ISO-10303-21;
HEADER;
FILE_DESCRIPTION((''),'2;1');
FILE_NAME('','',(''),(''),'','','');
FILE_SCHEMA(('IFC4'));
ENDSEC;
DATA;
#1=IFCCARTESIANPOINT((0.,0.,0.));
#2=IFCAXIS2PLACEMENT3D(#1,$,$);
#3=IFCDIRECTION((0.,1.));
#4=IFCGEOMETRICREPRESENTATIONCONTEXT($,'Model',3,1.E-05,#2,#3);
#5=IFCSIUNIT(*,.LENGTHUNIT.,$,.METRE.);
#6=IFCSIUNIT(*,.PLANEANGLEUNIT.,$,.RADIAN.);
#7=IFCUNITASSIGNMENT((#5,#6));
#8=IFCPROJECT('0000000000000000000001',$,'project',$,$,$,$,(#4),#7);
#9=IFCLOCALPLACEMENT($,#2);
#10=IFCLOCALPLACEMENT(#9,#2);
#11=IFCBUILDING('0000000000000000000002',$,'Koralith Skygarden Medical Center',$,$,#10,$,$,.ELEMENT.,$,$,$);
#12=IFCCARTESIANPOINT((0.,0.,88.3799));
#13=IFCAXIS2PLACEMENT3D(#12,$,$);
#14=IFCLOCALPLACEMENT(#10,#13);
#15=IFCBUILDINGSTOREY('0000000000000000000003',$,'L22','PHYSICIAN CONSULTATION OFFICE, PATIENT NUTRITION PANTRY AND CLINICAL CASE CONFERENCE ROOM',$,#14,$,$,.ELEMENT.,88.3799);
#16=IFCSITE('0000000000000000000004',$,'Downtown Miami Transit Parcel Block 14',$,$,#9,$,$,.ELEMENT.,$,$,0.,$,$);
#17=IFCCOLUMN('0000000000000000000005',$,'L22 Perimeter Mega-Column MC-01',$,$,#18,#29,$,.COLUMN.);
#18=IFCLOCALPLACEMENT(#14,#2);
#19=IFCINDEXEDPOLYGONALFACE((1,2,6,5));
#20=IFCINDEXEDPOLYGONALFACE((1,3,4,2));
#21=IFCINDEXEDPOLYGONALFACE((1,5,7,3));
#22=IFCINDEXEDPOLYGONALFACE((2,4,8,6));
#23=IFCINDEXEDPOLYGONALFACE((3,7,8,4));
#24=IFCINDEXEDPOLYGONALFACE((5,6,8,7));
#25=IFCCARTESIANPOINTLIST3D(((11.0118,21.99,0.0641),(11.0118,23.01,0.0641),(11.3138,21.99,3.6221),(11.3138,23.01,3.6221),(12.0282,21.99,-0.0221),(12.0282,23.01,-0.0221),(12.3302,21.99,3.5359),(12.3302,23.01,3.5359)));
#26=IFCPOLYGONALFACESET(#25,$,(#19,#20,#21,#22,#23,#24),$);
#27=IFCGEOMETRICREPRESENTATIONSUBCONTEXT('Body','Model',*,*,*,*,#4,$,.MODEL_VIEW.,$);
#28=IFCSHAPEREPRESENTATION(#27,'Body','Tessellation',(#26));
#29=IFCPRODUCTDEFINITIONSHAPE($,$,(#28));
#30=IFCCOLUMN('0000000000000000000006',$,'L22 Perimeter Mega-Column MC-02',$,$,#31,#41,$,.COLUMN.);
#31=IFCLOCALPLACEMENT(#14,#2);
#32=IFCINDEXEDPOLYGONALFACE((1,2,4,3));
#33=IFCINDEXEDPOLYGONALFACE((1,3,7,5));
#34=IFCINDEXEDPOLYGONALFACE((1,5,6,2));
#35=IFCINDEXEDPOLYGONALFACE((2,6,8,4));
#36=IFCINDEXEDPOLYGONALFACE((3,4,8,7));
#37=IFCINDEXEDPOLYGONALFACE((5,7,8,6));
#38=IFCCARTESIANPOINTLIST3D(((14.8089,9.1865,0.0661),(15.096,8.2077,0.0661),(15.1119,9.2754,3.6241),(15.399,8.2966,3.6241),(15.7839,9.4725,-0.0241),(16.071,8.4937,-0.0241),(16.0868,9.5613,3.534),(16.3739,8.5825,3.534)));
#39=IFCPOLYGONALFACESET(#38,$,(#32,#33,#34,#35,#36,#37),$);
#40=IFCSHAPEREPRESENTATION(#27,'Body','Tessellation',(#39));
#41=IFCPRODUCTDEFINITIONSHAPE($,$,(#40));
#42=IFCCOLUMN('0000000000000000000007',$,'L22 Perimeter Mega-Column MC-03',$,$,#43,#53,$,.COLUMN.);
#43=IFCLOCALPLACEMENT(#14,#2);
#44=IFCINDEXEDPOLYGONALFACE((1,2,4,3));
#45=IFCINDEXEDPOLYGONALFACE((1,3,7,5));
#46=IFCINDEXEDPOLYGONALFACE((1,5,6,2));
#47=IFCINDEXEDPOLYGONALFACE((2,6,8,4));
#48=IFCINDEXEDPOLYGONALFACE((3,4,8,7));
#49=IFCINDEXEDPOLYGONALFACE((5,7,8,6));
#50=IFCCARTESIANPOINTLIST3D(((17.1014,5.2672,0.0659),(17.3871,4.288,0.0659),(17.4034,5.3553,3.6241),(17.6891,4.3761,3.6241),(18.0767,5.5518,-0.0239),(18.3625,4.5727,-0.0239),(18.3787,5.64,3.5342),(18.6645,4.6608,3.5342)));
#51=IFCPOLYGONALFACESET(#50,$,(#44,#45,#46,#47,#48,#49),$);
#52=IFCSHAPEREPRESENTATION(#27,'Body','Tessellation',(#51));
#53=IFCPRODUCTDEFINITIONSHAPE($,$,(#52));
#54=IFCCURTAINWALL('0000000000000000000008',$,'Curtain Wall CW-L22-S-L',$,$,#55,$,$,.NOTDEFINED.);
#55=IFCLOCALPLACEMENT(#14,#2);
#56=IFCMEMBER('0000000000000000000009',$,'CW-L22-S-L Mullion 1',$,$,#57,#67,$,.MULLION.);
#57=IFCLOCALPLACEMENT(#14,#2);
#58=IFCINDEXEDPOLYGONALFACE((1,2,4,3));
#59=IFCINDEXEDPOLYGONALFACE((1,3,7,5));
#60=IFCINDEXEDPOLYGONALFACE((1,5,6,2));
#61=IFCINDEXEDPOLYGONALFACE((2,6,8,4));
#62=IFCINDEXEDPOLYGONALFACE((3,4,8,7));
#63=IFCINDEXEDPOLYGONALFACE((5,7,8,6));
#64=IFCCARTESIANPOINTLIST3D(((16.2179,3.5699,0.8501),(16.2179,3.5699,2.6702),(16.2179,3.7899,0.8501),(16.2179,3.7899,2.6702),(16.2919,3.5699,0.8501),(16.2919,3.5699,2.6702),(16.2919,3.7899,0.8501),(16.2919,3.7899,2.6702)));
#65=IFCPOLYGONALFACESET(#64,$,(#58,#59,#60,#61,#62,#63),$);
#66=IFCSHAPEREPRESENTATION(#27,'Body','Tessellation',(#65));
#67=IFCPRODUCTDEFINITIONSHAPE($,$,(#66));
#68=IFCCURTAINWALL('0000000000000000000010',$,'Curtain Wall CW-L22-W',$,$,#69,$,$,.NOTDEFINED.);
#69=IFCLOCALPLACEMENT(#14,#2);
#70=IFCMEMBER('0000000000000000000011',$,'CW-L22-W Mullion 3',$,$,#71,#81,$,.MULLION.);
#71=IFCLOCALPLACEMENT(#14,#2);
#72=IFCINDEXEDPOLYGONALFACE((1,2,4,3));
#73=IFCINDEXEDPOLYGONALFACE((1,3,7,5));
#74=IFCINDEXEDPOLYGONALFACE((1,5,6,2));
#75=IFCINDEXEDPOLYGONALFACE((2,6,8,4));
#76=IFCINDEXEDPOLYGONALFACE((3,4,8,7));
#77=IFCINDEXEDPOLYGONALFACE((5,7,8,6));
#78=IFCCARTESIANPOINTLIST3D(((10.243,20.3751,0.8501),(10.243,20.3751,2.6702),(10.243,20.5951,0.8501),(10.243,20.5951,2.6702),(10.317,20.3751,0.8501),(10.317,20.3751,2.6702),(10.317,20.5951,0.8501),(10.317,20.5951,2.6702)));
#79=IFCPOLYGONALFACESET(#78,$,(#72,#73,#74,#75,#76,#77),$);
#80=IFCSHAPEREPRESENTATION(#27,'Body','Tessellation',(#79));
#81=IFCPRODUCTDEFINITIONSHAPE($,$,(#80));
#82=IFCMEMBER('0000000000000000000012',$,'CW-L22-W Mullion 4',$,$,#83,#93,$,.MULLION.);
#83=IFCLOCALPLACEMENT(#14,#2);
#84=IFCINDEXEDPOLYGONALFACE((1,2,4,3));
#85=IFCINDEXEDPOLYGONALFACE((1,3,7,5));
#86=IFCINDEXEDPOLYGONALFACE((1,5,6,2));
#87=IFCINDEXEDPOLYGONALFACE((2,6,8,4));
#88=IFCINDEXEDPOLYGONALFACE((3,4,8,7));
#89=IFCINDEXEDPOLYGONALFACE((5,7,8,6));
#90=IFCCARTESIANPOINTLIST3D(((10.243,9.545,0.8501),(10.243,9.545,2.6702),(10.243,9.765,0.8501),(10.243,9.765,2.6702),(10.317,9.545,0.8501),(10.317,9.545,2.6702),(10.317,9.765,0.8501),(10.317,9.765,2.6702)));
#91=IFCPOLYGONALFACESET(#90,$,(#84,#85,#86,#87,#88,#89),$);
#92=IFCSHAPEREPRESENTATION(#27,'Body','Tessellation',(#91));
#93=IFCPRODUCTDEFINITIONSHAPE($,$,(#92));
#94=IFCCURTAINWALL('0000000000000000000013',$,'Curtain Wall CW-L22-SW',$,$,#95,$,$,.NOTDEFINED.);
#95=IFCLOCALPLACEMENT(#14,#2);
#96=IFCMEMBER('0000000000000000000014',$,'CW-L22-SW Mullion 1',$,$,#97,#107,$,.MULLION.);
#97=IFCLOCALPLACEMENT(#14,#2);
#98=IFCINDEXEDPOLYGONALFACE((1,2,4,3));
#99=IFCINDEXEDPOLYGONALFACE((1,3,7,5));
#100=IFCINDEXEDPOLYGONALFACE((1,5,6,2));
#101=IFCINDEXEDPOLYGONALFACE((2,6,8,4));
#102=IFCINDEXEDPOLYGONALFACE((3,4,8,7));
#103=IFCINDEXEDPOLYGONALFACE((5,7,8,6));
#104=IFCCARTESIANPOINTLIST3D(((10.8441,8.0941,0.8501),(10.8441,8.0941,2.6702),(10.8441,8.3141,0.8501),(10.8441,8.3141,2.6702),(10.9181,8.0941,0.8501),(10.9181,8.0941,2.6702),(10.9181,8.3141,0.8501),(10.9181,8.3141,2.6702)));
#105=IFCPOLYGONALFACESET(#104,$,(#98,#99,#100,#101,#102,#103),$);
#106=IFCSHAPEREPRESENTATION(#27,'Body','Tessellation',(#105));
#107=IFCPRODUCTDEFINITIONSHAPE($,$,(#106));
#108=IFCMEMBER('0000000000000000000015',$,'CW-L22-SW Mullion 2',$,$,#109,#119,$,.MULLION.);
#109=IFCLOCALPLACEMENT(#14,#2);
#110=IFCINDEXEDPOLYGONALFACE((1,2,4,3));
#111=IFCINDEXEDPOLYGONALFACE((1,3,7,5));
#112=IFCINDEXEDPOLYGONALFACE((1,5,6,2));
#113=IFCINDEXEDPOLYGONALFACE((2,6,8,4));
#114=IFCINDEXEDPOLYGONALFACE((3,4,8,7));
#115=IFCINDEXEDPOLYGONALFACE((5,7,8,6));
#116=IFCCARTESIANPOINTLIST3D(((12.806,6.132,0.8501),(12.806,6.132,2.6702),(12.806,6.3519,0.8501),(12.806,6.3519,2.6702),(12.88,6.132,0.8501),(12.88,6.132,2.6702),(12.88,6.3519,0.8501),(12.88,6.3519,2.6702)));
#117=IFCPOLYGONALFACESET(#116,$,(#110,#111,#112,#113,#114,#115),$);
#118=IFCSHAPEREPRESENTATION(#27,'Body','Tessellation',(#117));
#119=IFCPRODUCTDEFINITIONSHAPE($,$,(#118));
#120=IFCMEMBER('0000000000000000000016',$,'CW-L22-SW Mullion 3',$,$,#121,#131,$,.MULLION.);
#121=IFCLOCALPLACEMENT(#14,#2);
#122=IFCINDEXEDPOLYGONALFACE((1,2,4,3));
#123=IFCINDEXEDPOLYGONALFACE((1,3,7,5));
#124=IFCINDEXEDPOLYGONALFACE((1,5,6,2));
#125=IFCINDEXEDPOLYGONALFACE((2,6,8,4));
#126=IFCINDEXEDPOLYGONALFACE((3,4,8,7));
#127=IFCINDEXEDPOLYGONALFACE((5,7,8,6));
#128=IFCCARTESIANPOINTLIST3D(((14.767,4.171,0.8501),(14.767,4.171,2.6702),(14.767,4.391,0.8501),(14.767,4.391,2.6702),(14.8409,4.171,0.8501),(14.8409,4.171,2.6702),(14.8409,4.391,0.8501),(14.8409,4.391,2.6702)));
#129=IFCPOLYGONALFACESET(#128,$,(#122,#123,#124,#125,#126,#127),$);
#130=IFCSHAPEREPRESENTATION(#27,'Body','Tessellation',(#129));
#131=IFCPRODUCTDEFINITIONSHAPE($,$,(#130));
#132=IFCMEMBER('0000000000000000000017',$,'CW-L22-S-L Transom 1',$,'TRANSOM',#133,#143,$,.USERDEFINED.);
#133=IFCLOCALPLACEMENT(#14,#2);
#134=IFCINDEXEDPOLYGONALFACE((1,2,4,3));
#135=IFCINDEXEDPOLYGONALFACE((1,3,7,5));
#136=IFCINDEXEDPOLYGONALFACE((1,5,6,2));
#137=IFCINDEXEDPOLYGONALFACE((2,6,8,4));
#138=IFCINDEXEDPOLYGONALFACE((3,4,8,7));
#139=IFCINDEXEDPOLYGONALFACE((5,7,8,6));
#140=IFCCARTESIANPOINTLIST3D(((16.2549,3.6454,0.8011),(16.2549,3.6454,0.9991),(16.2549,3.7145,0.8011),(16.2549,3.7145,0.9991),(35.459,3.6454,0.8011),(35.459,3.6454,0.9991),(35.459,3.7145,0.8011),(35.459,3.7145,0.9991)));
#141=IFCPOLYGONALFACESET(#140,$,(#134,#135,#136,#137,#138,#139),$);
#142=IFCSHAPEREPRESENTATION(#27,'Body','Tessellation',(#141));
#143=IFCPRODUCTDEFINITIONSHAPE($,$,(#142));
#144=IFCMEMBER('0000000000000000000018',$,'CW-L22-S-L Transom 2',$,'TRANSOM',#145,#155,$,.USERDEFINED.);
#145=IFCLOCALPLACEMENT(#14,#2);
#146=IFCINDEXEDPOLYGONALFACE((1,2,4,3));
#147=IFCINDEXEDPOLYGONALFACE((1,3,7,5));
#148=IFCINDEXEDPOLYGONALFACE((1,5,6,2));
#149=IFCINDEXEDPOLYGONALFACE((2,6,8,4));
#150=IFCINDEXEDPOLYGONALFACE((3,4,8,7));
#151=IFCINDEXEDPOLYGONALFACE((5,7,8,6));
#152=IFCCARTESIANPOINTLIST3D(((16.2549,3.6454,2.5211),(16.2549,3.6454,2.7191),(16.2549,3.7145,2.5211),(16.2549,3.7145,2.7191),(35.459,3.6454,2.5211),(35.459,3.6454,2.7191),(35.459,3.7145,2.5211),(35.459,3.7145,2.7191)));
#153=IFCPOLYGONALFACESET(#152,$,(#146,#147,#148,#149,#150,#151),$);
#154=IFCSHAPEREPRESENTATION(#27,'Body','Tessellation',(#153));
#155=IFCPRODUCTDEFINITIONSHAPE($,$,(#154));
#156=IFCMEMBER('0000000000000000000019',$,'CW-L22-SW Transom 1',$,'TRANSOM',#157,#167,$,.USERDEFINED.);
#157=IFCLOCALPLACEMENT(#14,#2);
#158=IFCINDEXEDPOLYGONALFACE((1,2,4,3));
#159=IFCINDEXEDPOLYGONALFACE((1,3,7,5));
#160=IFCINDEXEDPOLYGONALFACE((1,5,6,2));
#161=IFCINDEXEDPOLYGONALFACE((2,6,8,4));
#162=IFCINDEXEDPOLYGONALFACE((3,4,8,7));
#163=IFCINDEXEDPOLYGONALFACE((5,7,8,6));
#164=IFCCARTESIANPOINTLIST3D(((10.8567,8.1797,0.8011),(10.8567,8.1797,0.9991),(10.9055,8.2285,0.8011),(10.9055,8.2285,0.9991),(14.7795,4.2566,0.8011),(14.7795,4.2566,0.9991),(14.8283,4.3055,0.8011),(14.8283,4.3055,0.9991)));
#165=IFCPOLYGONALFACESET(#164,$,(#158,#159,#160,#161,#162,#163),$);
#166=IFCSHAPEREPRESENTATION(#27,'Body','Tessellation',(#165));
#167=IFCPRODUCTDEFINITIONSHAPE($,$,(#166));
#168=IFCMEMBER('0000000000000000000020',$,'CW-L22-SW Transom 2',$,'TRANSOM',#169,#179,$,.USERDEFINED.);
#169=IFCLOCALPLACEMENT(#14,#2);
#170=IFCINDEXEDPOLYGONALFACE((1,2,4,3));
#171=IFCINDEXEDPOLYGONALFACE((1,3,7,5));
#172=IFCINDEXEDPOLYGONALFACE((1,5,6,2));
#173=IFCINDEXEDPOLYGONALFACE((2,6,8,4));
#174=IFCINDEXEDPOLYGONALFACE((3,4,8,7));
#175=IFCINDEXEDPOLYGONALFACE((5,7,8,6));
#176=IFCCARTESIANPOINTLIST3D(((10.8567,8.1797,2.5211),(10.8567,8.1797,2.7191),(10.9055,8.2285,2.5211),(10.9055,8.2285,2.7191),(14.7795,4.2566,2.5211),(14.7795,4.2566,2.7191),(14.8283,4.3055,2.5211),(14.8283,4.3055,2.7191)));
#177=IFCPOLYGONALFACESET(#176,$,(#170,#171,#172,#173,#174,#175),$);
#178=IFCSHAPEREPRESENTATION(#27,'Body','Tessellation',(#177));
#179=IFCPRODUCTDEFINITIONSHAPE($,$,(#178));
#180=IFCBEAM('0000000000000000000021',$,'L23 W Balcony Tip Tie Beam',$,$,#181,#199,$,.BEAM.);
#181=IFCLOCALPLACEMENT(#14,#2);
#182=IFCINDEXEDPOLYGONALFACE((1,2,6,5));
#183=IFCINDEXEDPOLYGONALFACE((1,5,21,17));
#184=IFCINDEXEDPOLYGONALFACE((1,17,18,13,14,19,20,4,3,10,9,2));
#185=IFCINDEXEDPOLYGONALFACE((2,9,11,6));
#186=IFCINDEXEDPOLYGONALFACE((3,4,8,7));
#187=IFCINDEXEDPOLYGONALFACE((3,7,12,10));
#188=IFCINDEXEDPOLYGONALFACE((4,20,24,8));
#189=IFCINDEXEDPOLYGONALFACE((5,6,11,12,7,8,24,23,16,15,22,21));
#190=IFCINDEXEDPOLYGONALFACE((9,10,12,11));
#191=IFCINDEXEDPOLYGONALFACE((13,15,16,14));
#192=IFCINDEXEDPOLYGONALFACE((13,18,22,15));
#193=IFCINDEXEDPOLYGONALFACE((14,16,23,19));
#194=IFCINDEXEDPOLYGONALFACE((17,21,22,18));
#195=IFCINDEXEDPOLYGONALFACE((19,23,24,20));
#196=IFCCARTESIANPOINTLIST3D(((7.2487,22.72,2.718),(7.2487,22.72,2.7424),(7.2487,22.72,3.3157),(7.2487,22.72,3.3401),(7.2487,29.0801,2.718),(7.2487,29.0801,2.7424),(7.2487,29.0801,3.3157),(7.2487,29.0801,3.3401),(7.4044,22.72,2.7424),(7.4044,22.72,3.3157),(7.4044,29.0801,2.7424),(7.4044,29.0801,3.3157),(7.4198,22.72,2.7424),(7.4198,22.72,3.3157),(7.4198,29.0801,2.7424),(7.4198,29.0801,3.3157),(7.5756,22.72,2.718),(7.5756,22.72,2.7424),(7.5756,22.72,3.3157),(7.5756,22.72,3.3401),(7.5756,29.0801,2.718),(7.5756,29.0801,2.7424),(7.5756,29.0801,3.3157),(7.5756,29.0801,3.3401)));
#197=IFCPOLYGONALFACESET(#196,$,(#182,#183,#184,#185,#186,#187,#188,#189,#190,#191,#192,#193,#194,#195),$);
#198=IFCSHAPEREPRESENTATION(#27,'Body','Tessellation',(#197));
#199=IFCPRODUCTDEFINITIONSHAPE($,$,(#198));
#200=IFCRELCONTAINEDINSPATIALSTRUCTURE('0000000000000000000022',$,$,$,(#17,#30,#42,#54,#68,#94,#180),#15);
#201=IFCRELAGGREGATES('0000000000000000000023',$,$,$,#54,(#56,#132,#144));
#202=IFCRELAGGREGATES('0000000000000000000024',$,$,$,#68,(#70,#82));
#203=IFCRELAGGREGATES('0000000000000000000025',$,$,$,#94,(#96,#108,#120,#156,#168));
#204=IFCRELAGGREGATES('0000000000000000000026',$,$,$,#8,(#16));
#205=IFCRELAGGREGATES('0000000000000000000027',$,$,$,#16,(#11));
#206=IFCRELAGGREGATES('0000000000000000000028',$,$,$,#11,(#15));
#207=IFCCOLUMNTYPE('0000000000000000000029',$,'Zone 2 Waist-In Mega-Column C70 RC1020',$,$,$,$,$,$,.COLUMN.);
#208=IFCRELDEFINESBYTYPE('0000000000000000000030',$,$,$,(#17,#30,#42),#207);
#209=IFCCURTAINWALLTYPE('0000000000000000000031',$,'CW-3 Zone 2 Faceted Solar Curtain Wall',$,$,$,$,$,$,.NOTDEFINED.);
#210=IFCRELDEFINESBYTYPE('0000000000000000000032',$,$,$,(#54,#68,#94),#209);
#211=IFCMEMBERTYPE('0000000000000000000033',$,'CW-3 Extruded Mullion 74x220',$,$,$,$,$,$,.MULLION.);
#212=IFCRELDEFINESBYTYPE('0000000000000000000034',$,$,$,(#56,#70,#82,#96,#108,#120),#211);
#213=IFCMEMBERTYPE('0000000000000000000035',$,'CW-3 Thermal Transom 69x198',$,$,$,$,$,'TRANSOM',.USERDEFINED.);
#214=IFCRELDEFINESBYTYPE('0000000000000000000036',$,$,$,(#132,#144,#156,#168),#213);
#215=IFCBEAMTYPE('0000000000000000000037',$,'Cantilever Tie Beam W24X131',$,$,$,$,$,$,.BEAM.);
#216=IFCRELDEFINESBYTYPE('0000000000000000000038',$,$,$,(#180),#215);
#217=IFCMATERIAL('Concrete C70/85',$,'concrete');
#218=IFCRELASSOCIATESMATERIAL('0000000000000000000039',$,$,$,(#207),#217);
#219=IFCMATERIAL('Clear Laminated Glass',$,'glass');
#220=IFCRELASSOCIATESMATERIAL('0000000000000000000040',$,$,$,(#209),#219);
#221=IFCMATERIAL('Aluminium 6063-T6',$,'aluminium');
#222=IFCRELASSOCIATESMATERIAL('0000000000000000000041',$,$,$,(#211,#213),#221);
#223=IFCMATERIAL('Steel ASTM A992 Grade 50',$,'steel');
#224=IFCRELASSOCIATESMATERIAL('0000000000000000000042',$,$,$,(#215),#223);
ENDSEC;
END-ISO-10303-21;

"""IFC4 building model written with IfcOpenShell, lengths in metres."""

from ifc_helpers import new_model, si_unit, direction, frame, origin, origin_2d, place, context, subcontext, project, spatial, rectangle, i_section, extrude, material, material_profile, profile_set, type_object, element, aggregate, save


model = new_model("IFC4")

# Units and contexts
model_context = context("Model", 3, precision=1e-05, world=origin(), true_north=direction((0.0, 1.0)))
body_context = subcontext(model_context, "Body", "Model", "MODEL_VIEW")
ifc_project = project(units=[si_unit("LENGTHUNIT", "METRE"), si_unit("PLANEANGLEUNIT", "RADIAN")], contexts=[model_context])

# Site, building, storey
site_placement = place(None, origin())
site = spatial("IfcSite", under=ifc_project, at=site_placement, Name="Downtown Miami Transit Parcel Block 14", CompositionType="ELEMENT", RefElevation=0.0)
building_placement = place(site_placement, origin())
building = spatial("IfcBuilding", under=site, at=building_placement, Name="Koralith Skygarden Medical Center", CompositionType="ELEMENT")
storey_placement = place(building_placement, frame((0.0, 0.0, 88.3799)))
storey = spatial("IfcBuildingStorey", under=building, at=storey_placement, Name="L22", Description="PHYSICIAN CONSULTATION OFFICE, PATIENT NUTRITION PANTRY AND CLINICAL CASE CONFERENCE ROOM", CompositionType="ELEMENT", Elevation=88.3799)

# Columns
ifc_material_1 = material(Name="Concrete C70/85", Category="concrete")
ifc_material_profile_1 = material_profile(ifc_material_1, rectangle(XDim=1.02, YDim=1.02, at=origin_2d()), Name="RC1020X1020")
ifc_profile_set_1 = profile_set([ifc_material_profile_1], Name="Concrete C70/85")
column_type = type_object("IfcColumnType", Name="Zone 2 Waist-In Mega-Column C70 RC1020", PredefinedType="COLUMN", material=ifc_profile_set_1)
column_placement = place(storey_placement, frame((11.52, 22.5, 0.021), z_axis=(0.084573, 0.0, 0.996417), x_axis=(0.0, 1.0, 0.0)))
element("IfcColumn", 1, at=column_placement, inside=storey, type_object=column_type, Name="L22 Perimeter Mega-Column MC-01", PredefinedType="COLUMN", context=body_context, shape_type="SweptSolid", body=[
    extrude(rectangle(XDim=1.02, YDim=1.02, at=origin_2d()), origin(), (0.0, 0.0, 1.0), 3.5708),
])
for number, where, z_axis, x_axis, name in (
    (2, (15.4399, 8.8401, 0.021), (0.084818, 0.024878, 0.996086), (-0.281455, 0.959575, 0.0), "L22 Perimeter Mega-Column MC-02"),
    (3, (17.7319, 4.9199, 0.021), (0.084547, 0.024674, 0.996114), (-0.280149, 0.959957, 0.0), "L22 Perimeter Mega-Column MC-03"),
):
    element("IfcColumn", number, at=place(storey_placement, frame(where, z_axis=z_axis, x_axis=x_axis)), inside=storey, type_object=column_type, Name=name, PredefinedType="COLUMN", context=body_context, shape_type="SweptSolid", body=[
        extrude(rectangle(XDim=1.02, YDim=1.02, at=origin_2d()), origin(), (0.0, 0.0, 1.0), 3.572),
    ])

# Curtain wall, member
ifc_material_2 = material(Name="Clear Laminated Glass", Category="glass")
curtain_wall_type = type_object("IfcCurtainWallType", Name="CW-3 Zone 2 Faceted Solar Curtain Wall", PredefinedType="NOTDEFINED", material=ifc_material_2)
curtain_wall_1_placement = place(storey_placement, origin())
curtain_wall_1 = element("IfcCurtainWall", 4, at=curtain_wall_1_placement, inside=storey, type_object=curtain_wall_type, Name="Curtain Wall CW-L22-S-L", PredefinedType="NOTDEFINED")
ifc_material_3 = material(Name="Aluminium 6063-T6", Category="aluminium")
ifc_material_profile_2 = material_profile(ifc_material_3, rectangle(XDim=0.074, YDim=0.22, at=origin_2d()), Name="MUL74X220")
ifc_profile_set_2 = profile_set([ifc_material_profile_2], Name="Aluminium 6063-T6")
member_type_1 = type_object("IfcMemberType", Name="CW-3 Extruded Mullion 74x220", PredefinedType="MULLION", material=ifc_profile_set_2)
member_1_placement = place(storey_placement, frame((16.2549, 3.6799, 0.8501), z_axis=(0.0, 0.0, 1.0), x_axis=(1.0, 0.0, 0.0)))
member_1 = element("IfcMember", 5, at=member_1_placement, type_object=member_type_1, Name="CW-L22-S-L Mullion 1", PredefinedType="MULLION", context=body_context, shape_type="SweptSolid", body=[
    extrude(rectangle(XDim=0.074, YDim=0.22, at=origin_2d()), origin(), (0.0, 0.0, 1.0), 1.8201),
])

# Curtain walls, members
curtain_wall_2_placement = place(storey_placement, origin())
curtain_wall_2 = element("IfcCurtainWall", 6, at=curtain_wall_2_placement, inside=storey, type_object=curtain_wall_type, Name="Curtain Wall CW-L22-W", PredefinedType="NOTDEFINED")
member_2_placement = place(storey_placement, frame((10.28, 20.4851, 0.8501), z_axis=(0.0, 0.0, 1.0), x_axis=(1.0, 0.0, 0.0)))
member_2 = element("IfcMember", 7, at=member_2_placement, type_object=member_type_1, Name="CW-L22-W Mullion 3", PredefinedType="MULLION", context=body_context, shape_type="SweptSolid", body=[
    extrude(rectangle(XDim=0.074, YDim=0.22, at=origin_2d()), origin(), (0.0, 0.0, 1.0), 1.8201),
])
member_3_placement = place(storey_placement, frame((10.28, 9.655, 0.8501), z_axis=(0.0, 0.0, 1.0), x_axis=(1.0, 0.0, 0.0)))
member_3 = element("IfcMember", 8, at=member_3_placement, type_object=member_type_1, Name="CW-L22-W Mullion 4", PredefinedType="MULLION", context=body_context, shape_type="SweptSolid", body=[
    extrude(rectangle(XDim=0.074, YDim=0.22, at=origin_2d()), origin(), (0.0, 0.0, 1.0), 1.8201),
])
curtain_wall_3_placement = place(storey_placement, origin())
curtain_wall_3 = element("IfcCurtainWall", 9, at=curtain_wall_3_placement, inside=storey, type_object=curtain_wall_type, Name="Curtain Wall CW-L22-SW", PredefinedType="NOTDEFINED")
member_4_placement = place(storey_placement, frame((10.8811, 8.2041, 0.8501), z_axis=(0.0, 0.0, 1.0), x_axis=(1.0, 0.0, 0.0)))
member_4 = element("IfcMember", 10, at=member_4_placement, type_object=member_type_1, Name="CW-L22-SW Mullion 1", PredefinedType="MULLION", context=body_context, shape_type="SweptSolid", body=[
    extrude(rectangle(XDim=0.074, YDim=0.22, at=origin_2d()), origin(), (0.0, 0.0, 1.0), 1.8201),
])
member_5_placement = place(storey_placement, frame((12.843, 6.2419, 0.8501), z_axis=(0.0, 0.0, 1.0), x_axis=(1.0, 0.0, 0.0)))
member_5 = element("IfcMember", 11, at=member_5_placement, type_object=member_type_1, Name="CW-L22-SW Mullion 2", PredefinedType="MULLION", context=body_context, shape_type="SweptSolid", body=[
    extrude(rectangle(XDim=0.074, YDim=0.22, at=origin_2d()), origin(), (0.0, 0.0, 1.0), 1.8201),
])
member_6_placement = place(storey_placement, frame((14.804, 4.281, 0.8501), z_axis=(0.0, 0.0, 1.0), x_axis=(1.0, 0.0, 0.0)))
member_6 = element("IfcMember", 12, at=member_6_placement, type_object=member_type_1, Name="CW-L22-SW Mullion 3", PredefinedType="MULLION", context=body_context, shape_type="SweptSolid", body=[
    extrude(rectangle(XDim=0.074, YDim=0.22, at=origin_2d()), origin(), (0.0, 0.0, 1.0), 1.8201),
])

# Members
ifc_material_profile_3 = material_profile(ifc_material_3, rectangle(XDim=0.0691, YDim=0.198, at=origin_2d()), Name="TRN69X198")
ifc_profile_set_3 = profile_set([ifc_material_profile_3], Name="Aluminium 6063-T6")
member_type_2 = type_object("IfcMemberType", Name="CW-3 Thermal Transom 69x198", ElementType="TRANSOM", PredefinedType="USERDEFINED", material=ifc_profile_set_3)
member_7_placement = place(storey_placement, frame((16.2549, 3.6799, 0.9001), z_axis=(1.0, 0.0, 0.0), x_axis=(0.0, 1.0, 0.0)))
member_7 = element("IfcMember", 13, at=member_7_placement, type_object=member_type_2, Name="CW-L22-S-L Transom 1", ObjectType="TRANSOM", PredefinedType="USERDEFINED", context=body_context, shape_type="SweptSolid", body=[
    extrude(rectangle(XDim=0.0691, YDim=0.198, at=origin_2d()), origin(), (0.0, 0.0, 1.0), 19.2041),
])
member_8_placement = place(storey_placement, frame((16.2549, 3.6799, 2.6201), z_axis=(1.0, 0.0, 0.0), x_axis=(0.0, 1.0, 0.0)))
member_8 = element("IfcMember", 14, at=member_8_placement, type_object=member_type_2, Name="CW-L22-S-L Transom 2", ObjectType="TRANSOM", PredefinedType="USERDEFINED", context=body_context, shape_type="SweptSolid", body=[
    extrude(rectangle(XDim=0.0691, YDim=0.198, at=origin_2d()), origin(), (0.0, 0.0, 1.0), 19.2041),
])
member_9_placement = place(storey_placement, frame((10.8811, 8.2041, 0.9001), z_axis=(0.707085, -0.707129, 0.0), x_axis=(0.707129, 0.707085, 0.0)))
member_9 = element("IfcMember", 15, at=member_9_placement, type_object=member_type_2, Name="CW-L22-SW Transom 1", ObjectType="TRANSOM", PredefinedType="USERDEFINED", context=body_context, shape_type="SweptSolid", body=[
    extrude(rectangle(XDim=0.0691, YDim=0.198, at=origin_2d()), origin(), (0.0, 0.0, 1.0), 5.5479),
])
member_10_placement = place(storey_placement, frame((10.8811, 8.2041, 2.6201), z_axis=(0.707085, -0.707129, 0.0), x_axis=(0.707129, 0.707085, 0.0)))
member_10 = element("IfcMember", 16, at=member_10_placement, type_object=member_type_2, Name="CW-L22-SW Transom 2", ObjectType="TRANSOM", PredefinedType="USERDEFINED", context=body_context, shape_type="SweptSolid", body=[
    extrude(rectangle(XDim=0.0691, YDim=0.198, at=origin_2d()), origin(), (0.0, 0.0, 1.0), 5.5479),
])

# Beam
ifc_material_4 = material(Name="Steel ASTM A992 Grade 50", Category="steel")
ifc_material_profile_4 = material_profile(ifc_material_4, i_section(OverallWidth=0.3269, OverallDepth=0.6221, WebThickness=0.0154, FlangeThickness=0.0244, at=origin_2d()), Name="W24X131")
ifc_profile_set_4 = profile_set([ifc_material_profile_4], Name="Steel ASTM A992 Grade 50")
beam_type_1 = type_object("IfcBeamType", Name="Cantilever Tie Beam W24X131", PredefinedType="BEAM", material=ifc_profile_set_4)
beam_1_placement = place(storey_placement, frame((7.4121, 22.72, 3.0291), z_axis=(0.0, 1.0, 0.0), x_axis=(-1.0, 0.0, 0.0)))
element("IfcBeam", 17, at=beam_1_placement, inside=storey, type_object=beam_type_1, Name="L23 W Balcony Tip Tie Beam", PredefinedType="BEAM", context=body_context, shape_type="SweptSolid", body=[
    extrude(i_section(OverallWidth=0.3269, OverallDepth=0.6221, WebThickness=0.0154, FlangeThickness=0.0244, at=origin_2d()), origin(), (0.0, 0.0, 1.0), 6.3601),
])

aggregate(curtain_wall_1, [member_1, member_7, member_8])
aggregate(curtain_wall_2, [member_2, member_3])
aggregate(curtain_wall_3, [member_4, member_5, member_6, member_9, member_10])

save(model, "model.ifc")
